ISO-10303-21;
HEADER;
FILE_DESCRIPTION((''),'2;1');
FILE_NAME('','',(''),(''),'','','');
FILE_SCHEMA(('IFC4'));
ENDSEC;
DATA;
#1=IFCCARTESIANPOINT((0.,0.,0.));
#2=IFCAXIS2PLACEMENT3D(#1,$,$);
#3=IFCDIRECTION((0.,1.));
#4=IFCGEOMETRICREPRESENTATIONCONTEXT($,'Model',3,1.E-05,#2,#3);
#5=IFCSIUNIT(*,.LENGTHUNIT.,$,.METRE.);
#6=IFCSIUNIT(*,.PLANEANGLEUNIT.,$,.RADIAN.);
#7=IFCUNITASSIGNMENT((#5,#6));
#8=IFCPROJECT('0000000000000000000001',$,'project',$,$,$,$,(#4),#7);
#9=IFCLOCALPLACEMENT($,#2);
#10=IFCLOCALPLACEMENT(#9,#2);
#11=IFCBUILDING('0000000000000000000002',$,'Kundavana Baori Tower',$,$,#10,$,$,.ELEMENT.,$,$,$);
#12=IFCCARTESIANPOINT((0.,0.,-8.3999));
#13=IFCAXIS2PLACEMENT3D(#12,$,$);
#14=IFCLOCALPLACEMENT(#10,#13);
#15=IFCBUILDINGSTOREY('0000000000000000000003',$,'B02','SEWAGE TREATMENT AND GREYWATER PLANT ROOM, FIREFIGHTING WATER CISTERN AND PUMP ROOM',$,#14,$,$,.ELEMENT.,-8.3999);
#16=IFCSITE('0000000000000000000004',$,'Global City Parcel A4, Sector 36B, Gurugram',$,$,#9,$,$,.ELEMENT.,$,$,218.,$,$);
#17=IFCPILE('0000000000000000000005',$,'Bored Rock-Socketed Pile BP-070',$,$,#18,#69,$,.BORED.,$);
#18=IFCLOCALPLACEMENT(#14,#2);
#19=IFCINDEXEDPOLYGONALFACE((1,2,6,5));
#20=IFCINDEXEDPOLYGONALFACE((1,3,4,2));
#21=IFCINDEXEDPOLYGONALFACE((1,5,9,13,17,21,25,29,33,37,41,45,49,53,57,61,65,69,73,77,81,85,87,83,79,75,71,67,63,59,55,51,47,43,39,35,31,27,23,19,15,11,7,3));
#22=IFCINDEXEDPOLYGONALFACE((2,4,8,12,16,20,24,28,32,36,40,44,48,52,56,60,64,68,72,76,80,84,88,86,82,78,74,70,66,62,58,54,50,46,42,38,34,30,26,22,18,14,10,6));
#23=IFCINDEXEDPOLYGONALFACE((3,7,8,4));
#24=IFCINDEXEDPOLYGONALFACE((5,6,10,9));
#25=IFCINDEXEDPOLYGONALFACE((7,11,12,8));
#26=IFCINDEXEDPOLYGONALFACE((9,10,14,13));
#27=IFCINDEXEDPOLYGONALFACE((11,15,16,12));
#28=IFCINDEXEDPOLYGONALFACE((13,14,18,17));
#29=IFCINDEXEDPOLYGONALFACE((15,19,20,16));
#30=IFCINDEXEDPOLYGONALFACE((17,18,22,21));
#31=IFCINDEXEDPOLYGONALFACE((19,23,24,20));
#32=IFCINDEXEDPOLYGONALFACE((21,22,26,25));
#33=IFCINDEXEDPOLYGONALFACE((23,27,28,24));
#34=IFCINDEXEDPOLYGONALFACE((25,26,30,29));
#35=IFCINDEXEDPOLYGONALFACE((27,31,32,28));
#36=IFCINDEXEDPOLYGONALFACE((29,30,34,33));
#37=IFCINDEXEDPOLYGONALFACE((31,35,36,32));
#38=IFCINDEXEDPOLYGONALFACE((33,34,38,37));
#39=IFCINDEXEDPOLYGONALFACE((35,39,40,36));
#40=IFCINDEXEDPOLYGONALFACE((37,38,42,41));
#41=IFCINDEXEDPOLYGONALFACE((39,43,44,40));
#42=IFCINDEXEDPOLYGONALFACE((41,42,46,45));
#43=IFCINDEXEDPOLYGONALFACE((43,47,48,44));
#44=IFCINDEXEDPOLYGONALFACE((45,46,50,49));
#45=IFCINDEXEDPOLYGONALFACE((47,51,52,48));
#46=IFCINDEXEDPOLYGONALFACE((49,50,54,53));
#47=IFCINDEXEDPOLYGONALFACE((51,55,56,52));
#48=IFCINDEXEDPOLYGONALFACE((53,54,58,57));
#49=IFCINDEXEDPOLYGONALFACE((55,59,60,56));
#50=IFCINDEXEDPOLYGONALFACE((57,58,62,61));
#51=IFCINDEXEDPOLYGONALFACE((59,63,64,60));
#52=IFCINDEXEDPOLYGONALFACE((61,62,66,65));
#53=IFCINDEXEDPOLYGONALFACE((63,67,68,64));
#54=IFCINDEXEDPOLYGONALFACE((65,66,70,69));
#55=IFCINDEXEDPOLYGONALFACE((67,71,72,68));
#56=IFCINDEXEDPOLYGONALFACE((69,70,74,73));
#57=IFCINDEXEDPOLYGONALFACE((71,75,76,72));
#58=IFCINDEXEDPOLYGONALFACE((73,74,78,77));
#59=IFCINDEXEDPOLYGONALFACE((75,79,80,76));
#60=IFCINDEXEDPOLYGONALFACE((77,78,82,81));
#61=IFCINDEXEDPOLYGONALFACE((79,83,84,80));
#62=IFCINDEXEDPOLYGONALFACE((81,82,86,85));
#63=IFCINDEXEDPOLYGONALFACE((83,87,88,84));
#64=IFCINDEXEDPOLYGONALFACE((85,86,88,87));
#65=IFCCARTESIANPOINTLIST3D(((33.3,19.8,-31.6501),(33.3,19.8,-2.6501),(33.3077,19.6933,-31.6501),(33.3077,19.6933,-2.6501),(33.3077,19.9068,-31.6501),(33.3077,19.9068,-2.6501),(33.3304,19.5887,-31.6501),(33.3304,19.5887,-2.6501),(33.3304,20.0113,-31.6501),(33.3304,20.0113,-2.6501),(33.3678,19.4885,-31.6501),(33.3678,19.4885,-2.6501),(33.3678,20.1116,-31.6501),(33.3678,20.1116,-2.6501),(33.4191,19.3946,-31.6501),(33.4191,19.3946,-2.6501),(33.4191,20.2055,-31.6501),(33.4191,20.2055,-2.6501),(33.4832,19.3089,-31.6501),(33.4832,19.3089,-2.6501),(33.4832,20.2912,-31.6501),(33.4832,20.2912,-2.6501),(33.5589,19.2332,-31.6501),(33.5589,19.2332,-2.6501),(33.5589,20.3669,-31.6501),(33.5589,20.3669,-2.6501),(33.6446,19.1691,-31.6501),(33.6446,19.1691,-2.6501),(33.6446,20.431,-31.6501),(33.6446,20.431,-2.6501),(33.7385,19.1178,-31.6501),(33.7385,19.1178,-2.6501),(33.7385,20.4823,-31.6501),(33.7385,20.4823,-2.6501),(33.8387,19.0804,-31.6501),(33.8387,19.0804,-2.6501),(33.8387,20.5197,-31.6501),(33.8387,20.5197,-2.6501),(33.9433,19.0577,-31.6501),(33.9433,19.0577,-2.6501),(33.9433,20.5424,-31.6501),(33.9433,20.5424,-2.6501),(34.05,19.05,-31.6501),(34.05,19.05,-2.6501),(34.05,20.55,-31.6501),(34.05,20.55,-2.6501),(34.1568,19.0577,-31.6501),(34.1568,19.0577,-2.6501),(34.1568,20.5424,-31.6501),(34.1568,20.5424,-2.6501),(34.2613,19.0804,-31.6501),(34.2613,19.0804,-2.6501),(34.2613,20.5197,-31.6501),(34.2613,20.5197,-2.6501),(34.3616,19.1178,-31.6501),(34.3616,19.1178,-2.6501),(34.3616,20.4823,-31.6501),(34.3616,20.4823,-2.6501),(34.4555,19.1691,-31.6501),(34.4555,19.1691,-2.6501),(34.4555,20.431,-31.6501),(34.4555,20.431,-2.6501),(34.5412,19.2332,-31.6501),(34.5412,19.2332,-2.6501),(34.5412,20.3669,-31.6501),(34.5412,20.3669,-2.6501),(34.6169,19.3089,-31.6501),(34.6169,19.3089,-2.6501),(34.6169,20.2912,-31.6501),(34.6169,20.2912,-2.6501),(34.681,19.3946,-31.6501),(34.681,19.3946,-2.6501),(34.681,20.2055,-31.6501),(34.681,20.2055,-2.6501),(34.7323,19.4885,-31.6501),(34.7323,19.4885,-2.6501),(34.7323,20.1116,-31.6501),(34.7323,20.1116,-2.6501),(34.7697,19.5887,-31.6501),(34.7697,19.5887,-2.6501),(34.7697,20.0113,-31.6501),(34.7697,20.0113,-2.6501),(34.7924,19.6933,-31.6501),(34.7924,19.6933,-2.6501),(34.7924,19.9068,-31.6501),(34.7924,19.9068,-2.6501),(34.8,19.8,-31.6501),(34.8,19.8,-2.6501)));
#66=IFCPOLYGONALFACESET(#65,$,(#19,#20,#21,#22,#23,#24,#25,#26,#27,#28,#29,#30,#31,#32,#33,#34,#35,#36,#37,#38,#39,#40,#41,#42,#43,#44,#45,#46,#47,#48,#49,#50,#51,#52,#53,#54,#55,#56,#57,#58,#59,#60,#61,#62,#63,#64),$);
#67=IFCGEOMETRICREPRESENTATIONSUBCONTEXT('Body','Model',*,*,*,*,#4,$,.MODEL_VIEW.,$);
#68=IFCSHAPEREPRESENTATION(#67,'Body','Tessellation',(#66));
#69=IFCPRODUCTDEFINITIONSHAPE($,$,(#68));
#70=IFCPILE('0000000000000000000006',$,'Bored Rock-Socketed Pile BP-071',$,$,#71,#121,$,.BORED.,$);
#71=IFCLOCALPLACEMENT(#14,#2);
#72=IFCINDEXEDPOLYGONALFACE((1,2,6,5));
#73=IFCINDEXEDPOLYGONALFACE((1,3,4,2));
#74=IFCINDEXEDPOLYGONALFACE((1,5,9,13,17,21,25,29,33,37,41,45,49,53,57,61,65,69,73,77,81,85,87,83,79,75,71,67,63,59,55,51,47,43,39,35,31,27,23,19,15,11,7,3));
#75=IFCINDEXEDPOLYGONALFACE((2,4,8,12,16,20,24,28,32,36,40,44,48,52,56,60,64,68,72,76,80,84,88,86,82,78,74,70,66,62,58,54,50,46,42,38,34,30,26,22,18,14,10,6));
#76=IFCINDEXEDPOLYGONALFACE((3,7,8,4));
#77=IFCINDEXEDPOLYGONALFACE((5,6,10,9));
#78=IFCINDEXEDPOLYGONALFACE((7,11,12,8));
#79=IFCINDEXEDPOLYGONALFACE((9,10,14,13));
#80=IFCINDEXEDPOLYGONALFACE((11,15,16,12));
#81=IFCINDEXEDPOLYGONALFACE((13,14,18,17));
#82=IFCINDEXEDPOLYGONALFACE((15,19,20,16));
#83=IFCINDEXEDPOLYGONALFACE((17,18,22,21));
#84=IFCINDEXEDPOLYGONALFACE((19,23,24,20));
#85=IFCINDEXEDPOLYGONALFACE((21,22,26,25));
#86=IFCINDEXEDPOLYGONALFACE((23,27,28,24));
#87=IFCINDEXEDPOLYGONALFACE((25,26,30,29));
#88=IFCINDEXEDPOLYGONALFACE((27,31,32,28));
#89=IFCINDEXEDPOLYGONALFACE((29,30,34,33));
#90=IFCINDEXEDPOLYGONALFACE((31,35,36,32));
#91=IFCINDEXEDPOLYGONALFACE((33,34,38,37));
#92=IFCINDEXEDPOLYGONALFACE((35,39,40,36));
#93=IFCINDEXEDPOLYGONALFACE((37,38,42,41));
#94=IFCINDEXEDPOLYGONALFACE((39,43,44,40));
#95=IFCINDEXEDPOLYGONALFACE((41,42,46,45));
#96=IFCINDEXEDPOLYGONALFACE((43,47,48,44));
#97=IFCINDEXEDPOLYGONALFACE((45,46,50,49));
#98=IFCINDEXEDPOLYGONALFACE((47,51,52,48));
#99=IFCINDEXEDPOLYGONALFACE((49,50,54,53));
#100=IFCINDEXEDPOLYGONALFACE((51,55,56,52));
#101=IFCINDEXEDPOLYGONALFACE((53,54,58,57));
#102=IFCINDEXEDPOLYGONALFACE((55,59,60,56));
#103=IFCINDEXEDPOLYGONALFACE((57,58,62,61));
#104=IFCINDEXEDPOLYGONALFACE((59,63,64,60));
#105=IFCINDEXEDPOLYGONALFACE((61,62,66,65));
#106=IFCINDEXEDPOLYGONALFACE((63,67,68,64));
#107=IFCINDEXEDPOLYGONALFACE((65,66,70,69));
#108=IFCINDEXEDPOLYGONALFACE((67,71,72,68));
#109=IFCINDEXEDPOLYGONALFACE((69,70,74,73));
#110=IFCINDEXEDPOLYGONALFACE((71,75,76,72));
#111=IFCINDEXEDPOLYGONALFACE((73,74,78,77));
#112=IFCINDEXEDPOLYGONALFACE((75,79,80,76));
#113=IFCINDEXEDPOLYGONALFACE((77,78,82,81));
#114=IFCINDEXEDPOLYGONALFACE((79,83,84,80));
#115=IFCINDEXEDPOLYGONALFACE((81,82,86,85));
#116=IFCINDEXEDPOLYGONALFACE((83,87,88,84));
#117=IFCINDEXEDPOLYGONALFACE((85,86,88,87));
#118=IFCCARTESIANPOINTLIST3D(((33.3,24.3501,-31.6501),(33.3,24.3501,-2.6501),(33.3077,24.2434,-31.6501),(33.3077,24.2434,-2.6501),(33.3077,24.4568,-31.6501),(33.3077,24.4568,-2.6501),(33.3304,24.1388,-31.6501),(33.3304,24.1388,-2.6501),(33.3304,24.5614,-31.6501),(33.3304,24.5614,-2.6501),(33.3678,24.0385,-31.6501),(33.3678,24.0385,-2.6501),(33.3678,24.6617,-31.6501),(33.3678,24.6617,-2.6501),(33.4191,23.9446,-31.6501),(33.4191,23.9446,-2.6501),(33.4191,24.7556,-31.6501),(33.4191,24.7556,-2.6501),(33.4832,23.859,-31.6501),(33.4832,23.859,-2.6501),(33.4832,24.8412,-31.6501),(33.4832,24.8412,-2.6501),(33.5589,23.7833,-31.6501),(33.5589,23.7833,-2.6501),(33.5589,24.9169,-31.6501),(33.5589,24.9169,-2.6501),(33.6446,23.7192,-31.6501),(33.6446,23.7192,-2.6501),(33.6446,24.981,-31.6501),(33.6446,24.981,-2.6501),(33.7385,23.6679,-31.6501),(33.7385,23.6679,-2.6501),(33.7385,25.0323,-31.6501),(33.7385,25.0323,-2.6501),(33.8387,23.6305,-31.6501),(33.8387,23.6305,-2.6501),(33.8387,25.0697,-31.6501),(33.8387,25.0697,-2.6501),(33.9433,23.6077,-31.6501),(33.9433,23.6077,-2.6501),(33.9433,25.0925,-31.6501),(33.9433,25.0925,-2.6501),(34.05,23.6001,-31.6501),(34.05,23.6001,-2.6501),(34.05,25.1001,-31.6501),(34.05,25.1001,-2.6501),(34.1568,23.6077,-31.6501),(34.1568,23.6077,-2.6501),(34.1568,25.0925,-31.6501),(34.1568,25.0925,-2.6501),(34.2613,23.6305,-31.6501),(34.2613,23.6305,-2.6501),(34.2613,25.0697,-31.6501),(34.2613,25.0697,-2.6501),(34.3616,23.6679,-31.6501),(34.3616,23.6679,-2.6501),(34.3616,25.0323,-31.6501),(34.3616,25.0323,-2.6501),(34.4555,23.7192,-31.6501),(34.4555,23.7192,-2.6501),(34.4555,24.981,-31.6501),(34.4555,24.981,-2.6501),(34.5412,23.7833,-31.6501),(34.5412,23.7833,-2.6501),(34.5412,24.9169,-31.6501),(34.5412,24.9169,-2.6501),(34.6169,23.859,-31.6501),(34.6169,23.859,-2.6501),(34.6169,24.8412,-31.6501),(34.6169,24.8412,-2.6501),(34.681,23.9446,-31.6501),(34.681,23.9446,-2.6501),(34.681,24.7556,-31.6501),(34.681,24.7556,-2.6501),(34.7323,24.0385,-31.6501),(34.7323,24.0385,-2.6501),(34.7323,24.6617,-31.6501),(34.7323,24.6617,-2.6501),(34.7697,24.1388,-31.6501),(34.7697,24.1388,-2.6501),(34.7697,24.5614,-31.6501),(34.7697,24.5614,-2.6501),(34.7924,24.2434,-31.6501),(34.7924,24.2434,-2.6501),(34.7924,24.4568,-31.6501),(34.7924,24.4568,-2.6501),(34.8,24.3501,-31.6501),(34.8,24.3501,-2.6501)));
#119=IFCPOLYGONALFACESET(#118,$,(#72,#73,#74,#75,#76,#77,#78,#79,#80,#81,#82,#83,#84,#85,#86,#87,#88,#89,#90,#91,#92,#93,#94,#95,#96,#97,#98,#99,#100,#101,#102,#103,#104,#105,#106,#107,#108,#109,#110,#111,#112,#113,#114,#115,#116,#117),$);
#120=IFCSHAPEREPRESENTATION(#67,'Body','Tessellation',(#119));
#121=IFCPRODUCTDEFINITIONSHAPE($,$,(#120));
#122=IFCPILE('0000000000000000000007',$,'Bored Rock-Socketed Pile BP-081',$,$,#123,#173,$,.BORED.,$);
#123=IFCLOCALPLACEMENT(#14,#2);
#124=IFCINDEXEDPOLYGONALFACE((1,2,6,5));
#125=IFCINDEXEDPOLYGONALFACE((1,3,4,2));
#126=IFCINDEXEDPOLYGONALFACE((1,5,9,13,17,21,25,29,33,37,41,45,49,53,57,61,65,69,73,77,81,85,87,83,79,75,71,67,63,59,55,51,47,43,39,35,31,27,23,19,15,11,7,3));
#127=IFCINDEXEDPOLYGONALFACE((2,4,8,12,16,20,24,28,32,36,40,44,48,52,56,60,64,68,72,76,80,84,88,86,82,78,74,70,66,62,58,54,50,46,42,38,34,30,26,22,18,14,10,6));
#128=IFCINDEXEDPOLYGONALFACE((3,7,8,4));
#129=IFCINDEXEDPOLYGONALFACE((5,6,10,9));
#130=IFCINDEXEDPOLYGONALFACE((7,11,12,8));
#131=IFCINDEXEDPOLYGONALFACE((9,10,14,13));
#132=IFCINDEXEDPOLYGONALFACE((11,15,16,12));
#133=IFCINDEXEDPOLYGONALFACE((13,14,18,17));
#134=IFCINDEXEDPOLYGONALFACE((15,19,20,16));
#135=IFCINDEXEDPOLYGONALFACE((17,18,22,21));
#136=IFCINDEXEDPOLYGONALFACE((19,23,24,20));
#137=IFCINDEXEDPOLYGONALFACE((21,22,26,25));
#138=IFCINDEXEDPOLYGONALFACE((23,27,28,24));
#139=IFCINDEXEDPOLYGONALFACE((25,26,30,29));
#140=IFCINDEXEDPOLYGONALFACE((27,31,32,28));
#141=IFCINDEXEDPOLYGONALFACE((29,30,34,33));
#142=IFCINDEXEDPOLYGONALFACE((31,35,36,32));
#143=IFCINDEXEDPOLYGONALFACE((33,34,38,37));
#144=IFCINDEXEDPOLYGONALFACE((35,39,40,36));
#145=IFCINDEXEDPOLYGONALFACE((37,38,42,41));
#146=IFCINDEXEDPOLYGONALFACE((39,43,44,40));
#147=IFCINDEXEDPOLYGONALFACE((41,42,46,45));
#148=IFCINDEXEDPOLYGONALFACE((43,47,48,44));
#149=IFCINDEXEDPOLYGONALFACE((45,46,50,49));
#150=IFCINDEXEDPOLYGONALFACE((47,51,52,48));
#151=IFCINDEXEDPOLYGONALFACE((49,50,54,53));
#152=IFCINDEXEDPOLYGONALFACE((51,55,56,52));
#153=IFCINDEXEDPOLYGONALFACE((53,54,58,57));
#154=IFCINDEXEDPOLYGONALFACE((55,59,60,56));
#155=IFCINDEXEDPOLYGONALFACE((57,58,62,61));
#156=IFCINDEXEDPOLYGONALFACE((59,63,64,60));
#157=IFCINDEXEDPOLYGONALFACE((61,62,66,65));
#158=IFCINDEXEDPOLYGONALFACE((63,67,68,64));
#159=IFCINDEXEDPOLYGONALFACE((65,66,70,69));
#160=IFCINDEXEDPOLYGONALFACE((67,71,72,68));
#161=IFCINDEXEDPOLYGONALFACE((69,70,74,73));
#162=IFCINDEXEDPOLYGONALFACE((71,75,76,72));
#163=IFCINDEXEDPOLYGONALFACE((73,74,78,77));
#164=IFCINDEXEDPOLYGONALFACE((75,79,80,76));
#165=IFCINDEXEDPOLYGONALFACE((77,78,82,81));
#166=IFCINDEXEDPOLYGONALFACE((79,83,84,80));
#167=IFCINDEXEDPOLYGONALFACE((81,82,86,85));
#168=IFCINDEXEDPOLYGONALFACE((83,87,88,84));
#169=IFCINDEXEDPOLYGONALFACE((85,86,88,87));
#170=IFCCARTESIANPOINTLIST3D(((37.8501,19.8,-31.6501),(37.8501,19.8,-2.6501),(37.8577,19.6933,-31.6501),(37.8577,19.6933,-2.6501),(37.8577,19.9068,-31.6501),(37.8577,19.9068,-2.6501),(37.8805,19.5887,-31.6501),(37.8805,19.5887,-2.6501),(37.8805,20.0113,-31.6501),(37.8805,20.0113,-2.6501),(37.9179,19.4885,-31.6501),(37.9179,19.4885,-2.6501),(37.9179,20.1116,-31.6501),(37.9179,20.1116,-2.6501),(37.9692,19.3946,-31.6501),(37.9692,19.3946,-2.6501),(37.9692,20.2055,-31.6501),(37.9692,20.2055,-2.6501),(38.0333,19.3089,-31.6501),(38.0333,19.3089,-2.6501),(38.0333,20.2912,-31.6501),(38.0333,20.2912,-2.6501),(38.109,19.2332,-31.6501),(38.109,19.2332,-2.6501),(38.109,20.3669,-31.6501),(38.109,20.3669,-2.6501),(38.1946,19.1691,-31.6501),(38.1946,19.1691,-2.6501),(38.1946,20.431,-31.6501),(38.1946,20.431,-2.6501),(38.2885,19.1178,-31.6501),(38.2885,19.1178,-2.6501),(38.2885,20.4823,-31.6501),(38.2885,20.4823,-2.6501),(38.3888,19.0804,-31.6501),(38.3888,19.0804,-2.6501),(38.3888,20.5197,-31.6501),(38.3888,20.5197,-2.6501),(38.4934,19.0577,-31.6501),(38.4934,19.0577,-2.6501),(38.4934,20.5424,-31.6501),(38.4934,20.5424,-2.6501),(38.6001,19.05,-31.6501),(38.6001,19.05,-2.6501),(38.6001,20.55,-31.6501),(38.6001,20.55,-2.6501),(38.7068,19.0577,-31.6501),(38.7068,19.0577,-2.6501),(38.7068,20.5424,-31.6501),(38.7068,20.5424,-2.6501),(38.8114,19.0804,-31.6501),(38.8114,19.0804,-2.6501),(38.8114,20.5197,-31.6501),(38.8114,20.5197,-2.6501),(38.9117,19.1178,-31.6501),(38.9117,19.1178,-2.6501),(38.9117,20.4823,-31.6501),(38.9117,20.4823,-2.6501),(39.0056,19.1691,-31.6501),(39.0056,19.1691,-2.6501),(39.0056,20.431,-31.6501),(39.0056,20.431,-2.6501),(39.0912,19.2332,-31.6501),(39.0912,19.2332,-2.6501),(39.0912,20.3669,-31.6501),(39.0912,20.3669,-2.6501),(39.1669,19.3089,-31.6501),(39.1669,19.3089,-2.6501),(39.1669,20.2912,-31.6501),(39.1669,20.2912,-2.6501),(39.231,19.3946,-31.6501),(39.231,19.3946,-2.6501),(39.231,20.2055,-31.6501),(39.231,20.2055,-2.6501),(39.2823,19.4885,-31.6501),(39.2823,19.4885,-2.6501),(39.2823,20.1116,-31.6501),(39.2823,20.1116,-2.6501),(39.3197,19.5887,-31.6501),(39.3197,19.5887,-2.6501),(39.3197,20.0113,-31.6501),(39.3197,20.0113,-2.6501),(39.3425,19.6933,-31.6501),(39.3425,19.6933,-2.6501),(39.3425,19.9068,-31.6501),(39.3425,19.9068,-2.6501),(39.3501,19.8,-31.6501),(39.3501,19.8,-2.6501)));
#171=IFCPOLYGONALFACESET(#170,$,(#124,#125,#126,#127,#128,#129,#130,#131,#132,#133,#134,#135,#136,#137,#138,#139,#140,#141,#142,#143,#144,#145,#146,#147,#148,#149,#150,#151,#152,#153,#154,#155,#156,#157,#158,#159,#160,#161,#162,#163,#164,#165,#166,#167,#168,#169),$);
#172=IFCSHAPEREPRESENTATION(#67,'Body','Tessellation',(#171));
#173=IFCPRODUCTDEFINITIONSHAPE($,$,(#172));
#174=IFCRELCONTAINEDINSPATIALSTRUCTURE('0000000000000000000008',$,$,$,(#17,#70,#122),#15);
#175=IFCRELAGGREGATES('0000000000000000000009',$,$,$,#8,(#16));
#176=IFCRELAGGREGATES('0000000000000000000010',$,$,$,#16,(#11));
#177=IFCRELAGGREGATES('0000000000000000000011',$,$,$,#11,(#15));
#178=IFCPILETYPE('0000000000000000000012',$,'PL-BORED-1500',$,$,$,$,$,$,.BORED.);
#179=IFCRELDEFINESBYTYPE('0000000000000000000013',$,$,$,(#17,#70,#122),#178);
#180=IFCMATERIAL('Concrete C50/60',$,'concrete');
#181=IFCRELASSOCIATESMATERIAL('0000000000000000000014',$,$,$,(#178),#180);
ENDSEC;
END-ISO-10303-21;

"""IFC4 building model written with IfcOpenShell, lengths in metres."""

from ifc_helpers import new_model, si_unit, direction, frame, origin, origin_2d, place, context, subcontext, project, spatial, circle, extrude, material, material_profile, profile_set, type_object, element, save


model = new_model("IFC4")

# Units and contexts
model_context = context("Model", 3, precision=1e-05, world=origin(), true_north=direction((0.0, 1.0)))
body_context = subcontext(model_context, "Body", "Model", "MODEL_VIEW")
ifc_project = project(units=[si_unit("LENGTHUNIT", "METRE"), si_unit("PLANEANGLEUNIT", "RADIAN")], contexts=[model_context])

# Site, building, storey
site_placement = place(None, origin())
site = spatial("IfcSite", under=ifc_project, at=site_placement, Name="Global City Parcel A4, Sector 36B, Gurugram", CompositionType="ELEMENT", RefElevation=218.0)
building_placement = place(site_placement, origin())
building = spatial("IfcBuilding", under=site, at=building_placement, Name="Kundavana Baori Tower", CompositionType="ELEMENT")
storey_placement = place(building_placement, frame((0.0, 0.0, -8.3999)))
storey = spatial("IfcBuildingStorey", under=building, at=storey_placement, Name="B02", Description="SEWAGE TREATMENT AND GREYWATER PLANT ROOM, FIREFIGHTING WATER CISTERN AND PUMP ROOM", CompositionType="ELEMENT", Elevation=-8.3999)

# Piles
ifc_material_1 = material(Name="Concrete C50/60", Category="concrete")
ifc_material_profile_1 = material_profile(ifc_material_1, circle(Radius=0.75, at=origin_2d()), Name="BORED PILE D1500")
ifc_profile_set_1 = profile_set([ifc_material_profile_1], Name="Concrete C50/60")
pile_type = type_object("IfcPileType", Name="PL-BORED-1500", PredefinedType="BORED", material=ifc_profile_set_1)
for number, where, z_axis, x_axis, name in (
    (1, (34.05, 19.8, -2.6501), (0.0, 0.0, -1.0), (1.0, 0.0, 0.0), "Bored Rock-Socketed Pile BP-070"),
    (2, (34.05, 24.3501, -2.6501), (0.0, 0.0, -1.0), (1.0, 0.0, 0.0), "Bored Rock-Socketed Pile BP-071"),
    (3, (38.6001, 19.8, -2.6501), (0.0, 0.0, -1.0), (1.0, 0.0, 0.0), "Bored Rock-Socketed Pile BP-081"),
):
    element("IfcPile", number, at=place(storey_placement, frame(where, z_axis=z_axis, x_axis=x_axis)), inside=storey, type_object=pile_type, Name=name, PredefinedType="BORED", context=body_context, shape_type="SweptSolid", body=[
        extrude(circle(Radius=0.75, at=origin_2d()), origin(), (0.0, 0.0, 1.0), 29.0),
    ])

save(model, "model.ifc")
